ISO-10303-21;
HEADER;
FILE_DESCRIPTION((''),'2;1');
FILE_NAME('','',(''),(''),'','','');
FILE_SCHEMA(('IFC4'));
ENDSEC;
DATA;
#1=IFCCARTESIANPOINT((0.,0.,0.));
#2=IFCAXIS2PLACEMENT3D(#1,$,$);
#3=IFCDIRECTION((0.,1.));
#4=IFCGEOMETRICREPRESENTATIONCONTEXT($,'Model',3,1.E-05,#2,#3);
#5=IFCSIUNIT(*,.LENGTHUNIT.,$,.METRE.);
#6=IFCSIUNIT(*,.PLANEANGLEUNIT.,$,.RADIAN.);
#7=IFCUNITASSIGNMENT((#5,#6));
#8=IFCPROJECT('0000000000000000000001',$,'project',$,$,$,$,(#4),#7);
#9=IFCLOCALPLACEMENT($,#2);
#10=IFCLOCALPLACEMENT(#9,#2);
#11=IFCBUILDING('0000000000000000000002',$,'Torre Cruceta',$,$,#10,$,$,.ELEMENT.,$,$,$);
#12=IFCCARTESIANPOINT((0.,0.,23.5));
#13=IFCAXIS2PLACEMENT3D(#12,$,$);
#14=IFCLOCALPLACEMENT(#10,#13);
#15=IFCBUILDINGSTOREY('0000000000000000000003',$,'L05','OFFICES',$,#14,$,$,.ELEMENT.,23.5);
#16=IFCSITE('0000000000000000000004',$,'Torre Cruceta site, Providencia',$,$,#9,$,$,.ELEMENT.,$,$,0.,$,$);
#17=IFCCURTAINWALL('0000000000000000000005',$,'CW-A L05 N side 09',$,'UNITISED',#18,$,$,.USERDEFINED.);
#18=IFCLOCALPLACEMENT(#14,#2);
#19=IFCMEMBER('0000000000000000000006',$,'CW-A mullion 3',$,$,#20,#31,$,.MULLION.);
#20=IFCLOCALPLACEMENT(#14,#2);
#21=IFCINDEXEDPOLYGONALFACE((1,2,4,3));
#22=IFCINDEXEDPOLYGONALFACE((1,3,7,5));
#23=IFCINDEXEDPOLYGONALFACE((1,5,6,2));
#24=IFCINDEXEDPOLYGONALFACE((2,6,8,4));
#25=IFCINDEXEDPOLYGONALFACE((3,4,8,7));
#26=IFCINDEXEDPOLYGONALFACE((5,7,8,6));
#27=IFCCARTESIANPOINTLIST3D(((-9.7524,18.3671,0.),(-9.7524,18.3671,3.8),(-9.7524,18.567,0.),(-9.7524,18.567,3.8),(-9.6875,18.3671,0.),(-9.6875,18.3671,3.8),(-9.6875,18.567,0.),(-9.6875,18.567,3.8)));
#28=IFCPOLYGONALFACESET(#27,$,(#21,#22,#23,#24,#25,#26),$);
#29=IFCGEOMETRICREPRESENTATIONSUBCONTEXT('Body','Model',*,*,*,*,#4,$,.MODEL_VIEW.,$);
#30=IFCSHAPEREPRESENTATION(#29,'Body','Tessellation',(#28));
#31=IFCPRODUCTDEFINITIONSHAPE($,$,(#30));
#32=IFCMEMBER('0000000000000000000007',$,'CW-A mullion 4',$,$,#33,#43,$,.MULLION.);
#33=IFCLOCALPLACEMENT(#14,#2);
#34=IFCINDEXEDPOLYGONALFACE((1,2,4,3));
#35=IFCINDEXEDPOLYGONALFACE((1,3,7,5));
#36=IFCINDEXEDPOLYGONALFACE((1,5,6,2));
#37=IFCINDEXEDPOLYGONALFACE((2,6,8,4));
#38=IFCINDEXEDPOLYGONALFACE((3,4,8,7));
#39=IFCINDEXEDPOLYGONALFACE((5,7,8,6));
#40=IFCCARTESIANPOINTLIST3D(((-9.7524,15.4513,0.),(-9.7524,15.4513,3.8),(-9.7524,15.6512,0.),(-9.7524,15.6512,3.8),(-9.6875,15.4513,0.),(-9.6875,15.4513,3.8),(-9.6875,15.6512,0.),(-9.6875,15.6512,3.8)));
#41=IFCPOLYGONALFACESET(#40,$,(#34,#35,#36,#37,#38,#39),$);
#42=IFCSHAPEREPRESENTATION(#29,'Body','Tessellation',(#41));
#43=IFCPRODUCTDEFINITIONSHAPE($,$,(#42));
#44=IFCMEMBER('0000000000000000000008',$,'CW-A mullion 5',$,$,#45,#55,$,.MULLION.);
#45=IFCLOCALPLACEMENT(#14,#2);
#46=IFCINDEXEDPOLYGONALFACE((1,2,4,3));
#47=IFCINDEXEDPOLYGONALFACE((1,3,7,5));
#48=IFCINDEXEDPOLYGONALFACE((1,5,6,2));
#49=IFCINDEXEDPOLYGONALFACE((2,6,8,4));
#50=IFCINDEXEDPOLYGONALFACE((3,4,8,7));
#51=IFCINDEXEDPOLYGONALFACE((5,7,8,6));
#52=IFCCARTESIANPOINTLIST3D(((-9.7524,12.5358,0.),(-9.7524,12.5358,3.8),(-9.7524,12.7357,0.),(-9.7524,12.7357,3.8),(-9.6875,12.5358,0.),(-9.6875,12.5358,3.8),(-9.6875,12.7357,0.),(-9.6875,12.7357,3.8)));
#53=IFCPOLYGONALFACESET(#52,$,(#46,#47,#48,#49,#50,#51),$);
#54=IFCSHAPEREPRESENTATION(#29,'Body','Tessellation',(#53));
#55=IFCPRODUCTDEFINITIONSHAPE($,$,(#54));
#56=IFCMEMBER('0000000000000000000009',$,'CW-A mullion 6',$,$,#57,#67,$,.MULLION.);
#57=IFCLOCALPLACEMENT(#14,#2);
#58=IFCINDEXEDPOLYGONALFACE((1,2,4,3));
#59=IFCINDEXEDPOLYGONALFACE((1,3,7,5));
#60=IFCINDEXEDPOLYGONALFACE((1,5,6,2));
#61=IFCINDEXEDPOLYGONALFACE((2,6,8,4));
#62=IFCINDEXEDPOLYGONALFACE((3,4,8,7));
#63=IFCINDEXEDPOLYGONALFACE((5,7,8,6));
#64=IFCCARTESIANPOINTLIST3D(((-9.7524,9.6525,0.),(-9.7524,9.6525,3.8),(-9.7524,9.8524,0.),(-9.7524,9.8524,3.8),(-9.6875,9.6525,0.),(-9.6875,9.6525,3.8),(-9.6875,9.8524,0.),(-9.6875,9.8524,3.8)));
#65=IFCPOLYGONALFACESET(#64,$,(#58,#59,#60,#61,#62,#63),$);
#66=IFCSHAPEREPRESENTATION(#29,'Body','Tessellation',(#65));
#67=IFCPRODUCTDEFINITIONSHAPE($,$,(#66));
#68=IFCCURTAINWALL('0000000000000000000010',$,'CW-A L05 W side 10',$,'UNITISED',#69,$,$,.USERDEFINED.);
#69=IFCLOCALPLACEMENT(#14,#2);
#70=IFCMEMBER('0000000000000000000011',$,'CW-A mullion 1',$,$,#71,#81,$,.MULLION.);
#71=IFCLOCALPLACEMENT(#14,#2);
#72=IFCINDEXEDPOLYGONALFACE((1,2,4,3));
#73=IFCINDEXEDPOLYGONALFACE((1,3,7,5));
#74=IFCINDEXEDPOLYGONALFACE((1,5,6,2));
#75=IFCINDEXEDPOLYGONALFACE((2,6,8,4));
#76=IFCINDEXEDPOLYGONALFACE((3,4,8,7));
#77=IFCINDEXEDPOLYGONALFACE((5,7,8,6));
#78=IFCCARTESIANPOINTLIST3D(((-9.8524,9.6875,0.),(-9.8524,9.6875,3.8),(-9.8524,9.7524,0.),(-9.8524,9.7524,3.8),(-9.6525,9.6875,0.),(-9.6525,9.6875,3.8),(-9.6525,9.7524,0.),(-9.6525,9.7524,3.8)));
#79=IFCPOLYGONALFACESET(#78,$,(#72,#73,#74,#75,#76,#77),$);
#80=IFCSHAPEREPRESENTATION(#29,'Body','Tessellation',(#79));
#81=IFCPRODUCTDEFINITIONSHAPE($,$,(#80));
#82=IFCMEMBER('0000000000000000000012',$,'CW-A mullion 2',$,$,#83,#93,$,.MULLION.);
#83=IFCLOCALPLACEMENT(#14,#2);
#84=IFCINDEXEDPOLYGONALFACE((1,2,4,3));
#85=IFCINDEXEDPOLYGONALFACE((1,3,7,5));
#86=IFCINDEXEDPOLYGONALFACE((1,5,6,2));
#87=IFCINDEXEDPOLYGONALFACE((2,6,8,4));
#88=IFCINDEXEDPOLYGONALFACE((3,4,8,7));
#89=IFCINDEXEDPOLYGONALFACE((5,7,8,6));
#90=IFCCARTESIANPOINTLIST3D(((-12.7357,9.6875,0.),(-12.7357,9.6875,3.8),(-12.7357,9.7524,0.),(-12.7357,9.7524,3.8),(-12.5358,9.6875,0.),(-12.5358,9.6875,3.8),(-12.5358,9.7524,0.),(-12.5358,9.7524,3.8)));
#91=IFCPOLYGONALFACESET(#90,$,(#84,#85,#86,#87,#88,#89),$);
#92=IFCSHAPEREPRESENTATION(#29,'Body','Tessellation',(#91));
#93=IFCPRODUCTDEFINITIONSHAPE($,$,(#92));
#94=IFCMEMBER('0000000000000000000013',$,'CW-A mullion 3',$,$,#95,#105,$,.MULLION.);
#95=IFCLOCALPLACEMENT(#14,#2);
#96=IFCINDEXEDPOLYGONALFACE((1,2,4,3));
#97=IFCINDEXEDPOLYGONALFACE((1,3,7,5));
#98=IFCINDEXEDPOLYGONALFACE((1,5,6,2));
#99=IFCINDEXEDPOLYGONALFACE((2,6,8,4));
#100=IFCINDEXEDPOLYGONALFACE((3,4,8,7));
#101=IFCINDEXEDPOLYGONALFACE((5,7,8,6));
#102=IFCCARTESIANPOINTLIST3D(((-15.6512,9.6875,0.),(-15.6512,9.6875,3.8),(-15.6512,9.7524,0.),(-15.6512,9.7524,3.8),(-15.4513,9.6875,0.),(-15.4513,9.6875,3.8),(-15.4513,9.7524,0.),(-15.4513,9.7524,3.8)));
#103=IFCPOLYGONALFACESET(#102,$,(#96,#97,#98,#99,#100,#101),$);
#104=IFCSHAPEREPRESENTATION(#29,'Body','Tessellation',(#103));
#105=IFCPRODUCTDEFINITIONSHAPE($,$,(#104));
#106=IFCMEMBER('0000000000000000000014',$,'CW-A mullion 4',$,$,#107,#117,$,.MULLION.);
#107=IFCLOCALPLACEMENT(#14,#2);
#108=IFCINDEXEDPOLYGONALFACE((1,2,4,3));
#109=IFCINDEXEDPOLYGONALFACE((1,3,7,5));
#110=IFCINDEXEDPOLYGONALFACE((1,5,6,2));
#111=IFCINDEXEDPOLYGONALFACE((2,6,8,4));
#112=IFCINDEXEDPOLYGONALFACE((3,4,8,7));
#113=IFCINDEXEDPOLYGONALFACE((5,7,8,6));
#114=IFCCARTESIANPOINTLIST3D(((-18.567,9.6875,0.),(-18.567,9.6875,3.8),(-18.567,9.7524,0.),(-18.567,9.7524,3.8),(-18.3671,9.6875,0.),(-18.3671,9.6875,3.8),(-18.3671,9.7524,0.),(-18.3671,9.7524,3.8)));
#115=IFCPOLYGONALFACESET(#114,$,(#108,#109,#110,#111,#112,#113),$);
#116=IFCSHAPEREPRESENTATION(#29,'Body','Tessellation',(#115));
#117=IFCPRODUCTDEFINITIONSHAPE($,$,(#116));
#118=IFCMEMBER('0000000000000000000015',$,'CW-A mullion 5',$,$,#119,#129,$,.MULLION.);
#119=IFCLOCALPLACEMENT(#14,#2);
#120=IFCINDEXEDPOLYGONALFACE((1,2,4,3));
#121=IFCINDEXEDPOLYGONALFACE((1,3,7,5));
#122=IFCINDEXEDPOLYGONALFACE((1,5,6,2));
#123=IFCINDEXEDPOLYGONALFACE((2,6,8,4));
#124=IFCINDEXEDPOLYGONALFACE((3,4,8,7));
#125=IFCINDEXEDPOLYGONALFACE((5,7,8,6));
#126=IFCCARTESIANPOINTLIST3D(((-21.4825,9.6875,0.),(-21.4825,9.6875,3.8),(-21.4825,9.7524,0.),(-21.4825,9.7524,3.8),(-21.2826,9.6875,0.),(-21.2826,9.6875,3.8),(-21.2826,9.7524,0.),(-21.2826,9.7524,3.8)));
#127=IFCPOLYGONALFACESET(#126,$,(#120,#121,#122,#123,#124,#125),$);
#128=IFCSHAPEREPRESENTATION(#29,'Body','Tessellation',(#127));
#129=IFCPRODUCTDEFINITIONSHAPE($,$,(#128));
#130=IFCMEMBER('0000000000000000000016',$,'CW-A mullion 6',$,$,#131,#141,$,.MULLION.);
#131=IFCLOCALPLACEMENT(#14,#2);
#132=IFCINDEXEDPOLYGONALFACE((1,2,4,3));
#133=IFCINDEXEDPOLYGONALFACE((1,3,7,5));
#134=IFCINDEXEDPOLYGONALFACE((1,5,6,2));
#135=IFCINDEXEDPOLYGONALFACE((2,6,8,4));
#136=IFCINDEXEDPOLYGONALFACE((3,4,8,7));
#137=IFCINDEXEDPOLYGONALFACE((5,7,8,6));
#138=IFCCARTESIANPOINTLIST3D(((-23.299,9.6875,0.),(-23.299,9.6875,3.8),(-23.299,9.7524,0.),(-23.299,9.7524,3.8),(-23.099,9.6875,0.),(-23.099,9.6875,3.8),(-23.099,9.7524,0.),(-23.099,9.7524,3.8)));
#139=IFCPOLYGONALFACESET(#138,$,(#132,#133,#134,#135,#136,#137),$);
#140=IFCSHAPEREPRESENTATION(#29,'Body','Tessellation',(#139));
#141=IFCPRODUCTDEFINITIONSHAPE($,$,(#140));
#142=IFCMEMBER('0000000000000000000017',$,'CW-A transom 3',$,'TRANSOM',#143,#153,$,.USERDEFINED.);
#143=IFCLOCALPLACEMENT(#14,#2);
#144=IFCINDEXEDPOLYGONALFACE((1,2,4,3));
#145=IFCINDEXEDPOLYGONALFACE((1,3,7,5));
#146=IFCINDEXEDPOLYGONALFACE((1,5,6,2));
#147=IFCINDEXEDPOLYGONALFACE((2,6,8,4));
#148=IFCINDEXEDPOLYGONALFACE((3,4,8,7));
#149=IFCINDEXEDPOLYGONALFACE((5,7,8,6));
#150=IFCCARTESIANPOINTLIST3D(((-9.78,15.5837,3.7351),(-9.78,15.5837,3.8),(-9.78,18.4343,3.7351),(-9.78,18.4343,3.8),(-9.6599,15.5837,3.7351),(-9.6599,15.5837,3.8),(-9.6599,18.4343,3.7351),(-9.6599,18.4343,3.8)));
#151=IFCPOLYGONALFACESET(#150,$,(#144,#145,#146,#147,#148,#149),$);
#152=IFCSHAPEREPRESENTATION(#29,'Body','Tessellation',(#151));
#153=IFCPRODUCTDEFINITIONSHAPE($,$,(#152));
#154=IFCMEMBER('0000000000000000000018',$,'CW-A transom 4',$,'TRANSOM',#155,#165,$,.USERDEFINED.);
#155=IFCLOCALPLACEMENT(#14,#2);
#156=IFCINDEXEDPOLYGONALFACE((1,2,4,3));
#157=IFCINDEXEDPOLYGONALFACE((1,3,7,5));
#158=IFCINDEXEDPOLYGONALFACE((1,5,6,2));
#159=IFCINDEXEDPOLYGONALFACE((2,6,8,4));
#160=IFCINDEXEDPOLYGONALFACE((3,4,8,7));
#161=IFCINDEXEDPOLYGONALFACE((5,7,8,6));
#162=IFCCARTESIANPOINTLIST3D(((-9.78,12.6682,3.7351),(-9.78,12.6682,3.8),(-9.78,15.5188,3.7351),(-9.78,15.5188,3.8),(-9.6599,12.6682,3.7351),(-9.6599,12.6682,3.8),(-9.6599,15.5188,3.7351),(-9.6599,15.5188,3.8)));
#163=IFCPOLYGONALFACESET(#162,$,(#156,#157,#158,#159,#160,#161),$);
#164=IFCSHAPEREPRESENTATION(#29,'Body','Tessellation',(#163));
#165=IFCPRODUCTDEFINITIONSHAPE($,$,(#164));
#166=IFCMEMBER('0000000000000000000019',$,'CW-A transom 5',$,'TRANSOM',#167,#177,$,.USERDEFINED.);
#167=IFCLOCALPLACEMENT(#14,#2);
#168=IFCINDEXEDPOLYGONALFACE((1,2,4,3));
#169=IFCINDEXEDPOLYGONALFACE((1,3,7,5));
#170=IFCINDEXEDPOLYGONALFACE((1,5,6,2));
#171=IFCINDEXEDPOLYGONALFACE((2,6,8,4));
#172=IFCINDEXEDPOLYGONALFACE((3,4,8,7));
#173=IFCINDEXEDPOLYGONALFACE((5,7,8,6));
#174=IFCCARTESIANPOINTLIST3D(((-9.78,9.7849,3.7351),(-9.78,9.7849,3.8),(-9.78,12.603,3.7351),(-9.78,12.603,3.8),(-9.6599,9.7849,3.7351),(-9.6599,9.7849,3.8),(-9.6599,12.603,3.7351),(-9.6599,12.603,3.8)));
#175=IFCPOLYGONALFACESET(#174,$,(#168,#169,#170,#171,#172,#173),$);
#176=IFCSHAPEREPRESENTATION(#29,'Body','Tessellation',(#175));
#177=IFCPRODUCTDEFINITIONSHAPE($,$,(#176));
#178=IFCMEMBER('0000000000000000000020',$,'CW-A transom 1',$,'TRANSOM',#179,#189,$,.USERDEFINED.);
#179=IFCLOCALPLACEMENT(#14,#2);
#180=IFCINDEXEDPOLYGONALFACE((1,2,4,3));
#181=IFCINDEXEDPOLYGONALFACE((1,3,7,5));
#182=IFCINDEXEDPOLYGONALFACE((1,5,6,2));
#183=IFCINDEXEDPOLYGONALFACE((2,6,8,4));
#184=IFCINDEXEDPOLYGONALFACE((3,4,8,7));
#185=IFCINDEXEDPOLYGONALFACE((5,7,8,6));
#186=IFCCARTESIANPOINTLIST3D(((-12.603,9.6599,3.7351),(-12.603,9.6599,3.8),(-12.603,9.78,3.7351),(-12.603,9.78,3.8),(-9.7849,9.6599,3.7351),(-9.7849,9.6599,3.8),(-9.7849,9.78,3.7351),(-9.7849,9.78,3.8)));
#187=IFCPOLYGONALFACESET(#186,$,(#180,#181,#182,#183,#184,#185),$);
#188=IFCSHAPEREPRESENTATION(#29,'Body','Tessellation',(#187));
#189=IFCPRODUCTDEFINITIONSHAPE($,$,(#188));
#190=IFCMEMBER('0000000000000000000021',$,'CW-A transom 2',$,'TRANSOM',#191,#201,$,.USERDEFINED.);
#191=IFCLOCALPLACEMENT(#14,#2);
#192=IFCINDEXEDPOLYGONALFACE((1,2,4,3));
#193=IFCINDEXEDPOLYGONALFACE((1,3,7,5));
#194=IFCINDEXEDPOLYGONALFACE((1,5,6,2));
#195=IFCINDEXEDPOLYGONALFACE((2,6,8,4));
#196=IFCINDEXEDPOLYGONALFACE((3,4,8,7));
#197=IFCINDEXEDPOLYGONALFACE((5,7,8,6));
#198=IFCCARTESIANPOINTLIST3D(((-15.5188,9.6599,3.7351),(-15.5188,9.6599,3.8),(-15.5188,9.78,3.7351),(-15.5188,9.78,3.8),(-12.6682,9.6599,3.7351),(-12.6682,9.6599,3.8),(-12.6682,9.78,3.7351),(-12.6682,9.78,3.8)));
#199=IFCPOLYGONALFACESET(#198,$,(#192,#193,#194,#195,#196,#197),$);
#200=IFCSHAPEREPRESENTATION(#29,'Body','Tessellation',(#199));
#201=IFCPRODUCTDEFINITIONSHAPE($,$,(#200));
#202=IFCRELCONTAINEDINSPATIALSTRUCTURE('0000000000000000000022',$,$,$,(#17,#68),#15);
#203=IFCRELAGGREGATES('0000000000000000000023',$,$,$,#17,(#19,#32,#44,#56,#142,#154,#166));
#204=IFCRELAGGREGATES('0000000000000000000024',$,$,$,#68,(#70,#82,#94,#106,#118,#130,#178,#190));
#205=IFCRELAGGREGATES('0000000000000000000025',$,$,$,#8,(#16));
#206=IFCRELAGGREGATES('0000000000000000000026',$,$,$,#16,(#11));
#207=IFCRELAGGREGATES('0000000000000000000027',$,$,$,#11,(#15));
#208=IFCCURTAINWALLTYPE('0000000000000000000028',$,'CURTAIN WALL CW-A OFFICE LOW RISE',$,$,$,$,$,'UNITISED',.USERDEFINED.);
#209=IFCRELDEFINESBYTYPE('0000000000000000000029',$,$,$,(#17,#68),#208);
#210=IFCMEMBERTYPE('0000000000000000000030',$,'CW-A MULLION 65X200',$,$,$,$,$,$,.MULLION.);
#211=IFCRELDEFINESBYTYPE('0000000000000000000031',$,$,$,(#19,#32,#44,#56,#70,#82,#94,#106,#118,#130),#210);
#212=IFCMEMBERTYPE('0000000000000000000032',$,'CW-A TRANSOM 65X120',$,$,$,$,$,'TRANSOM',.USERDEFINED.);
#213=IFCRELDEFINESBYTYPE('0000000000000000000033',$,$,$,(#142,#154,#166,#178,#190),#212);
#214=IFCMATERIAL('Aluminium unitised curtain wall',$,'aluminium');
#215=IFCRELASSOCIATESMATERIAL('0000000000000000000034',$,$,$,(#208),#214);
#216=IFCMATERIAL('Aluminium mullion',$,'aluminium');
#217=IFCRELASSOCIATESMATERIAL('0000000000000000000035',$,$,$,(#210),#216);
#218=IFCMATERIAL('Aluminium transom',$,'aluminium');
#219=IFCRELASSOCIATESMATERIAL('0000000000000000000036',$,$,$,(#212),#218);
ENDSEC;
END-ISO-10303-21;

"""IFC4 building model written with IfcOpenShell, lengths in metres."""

from ifc_helpers import new_model, si_unit, direction, frame, origin, origin_2d, place, context, subcontext, project, spatial, rectangle, extrude, material, material_profile, profile_set, type_object, element, aggregate, save


model = new_model("IFC4")

# Units and contexts
model_context = context("Model", 3, precision=1e-05, world=origin(), true_north=direction((0.0, 1.0)))
body_context = subcontext(model_context, "Body", "Model", "MODEL_VIEW")
ifc_project = project(units=[si_unit("LENGTHUNIT", "METRE"), si_unit("PLANEANGLEUNIT", "RADIAN")], contexts=[model_context])

# Site, building, storey
site_placement = place(None, origin())
site = spatial("IfcSite", under=ifc_project, at=site_placement, Name="Torre Cruceta site, Providencia", CompositionType="ELEMENT", RefElevation=0.0)
building_placement = place(site_placement, origin())
building = spatial("IfcBuilding", under=site, at=building_placement, Name="Torre Cruceta", CompositionType="ELEMENT")
storey_placement = place(building_placement, frame((0.0, 0.0, 23.5)))
storey = spatial("IfcBuildingStorey", under=building, at=storey_placement, Name="L05", Description="OFFICES", CompositionType="ELEMENT", Elevation=23.5)

# Curtain walls, members
ifc_material_1 = material(Name="Aluminium unitised curtain wall", Category="aluminium")
curtain_wall_type = type_object("IfcCurtainWallType", Name="CURTAIN WALL CW-A OFFICE LOW RISE", ElementType="UNITISED", PredefinedType="USERDEFINED", material=ifc_material_1)
curtain_wall_1_placement = place(storey_placement, origin())
curtain_wall_1 = element("IfcCurtainWall", 1, at=curtain_wall_1_placement, inside=storey, type_object=curtain_wall_type, Name="CW-A L05 N side 09", ObjectType="UNITISED", PredefinedType="USERDEFINED")
ifc_material_2 = material(Name="Aluminium mullion", Category="aluminium")
ifc_material_profile_1 = material_profile(ifc_material_2, rectangle(XDim=0.0649, YDim=0.2, at=origin_2d()), Name="AL 65X200")
ifc_profile_set_1 = profile_set([ifc_material_profile_1], Name="Aluminium mullion")
member_type_1 = type_object("IfcMemberType", Name="CW-A MULLION 65X200", PredefinedType="MULLION", material=ifc_profile_set_1)
member_1_placement = place(storey_placement, frame((-9.72, 18.467, 0.0), z_axis=(0.0, 0.0, 1.0), x_axis=(1.0, 0.0, 0.0)))
member_1 = element("IfcMember", 2, at=member_1_placement, type_object=member_type_1, Name="CW-A mullion 3", PredefinedType="MULLION", context=body_context, shape_type="SweptSolid", body=[
    extrude(rectangle(XDim=0.0649, YDim=0.2, at=origin_2d()), origin(), (0.0, 0.0, 1.0), 3.8),
])
member_2_placement = place(storey_placement, frame((-9.72, 15.5513, 0.0), z_axis=(0.0, 0.0, 1.0), x_axis=(1.0, 0.0, 0.0)))
member_2 = element("IfcMember", 3, at=member_2_placement, type_object=member_type_1, Name="CW-A mullion 4", PredefinedType="MULLION", context=body_context, shape_type="SweptSolid", body=[
    extrude(rectangle(XDim=0.0649, YDim=0.2, at=origin_2d()), origin(), (0.0, 0.0, 1.0), 3.8),
])
member_3_placement = place(storey_placement, frame((-9.72, 12.6357, 0.0), z_axis=(0.0, 0.0, 1.0), x_axis=(1.0, 0.0, 0.0)))
member_3 = element("IfcMember", 4, at=member_3_placement, type_object=member_type_1, Name="CW-A mullion 5", PredefinedType="MULLION", context=body_context, shape_type="SweptSolid", body=[
    extrude(rectangle(XDim=0.0649, YDim=0.2, at=origin_2d()), origin(), (0.0, 0.0, 1.0), 3.8),
])
member_4_placement = place(storey_placement, frame((-9.72, 9.7524, 0.0), z_axis=(0.0, 0.0, 1.0), x_axis=(1.0, 0.0, 0.0)))
member_4 = element("IfcMember", 5, at=member_4_placement, type_object=member_type_1, Name="CW-A mullion 6", PredefinedType="MULLION", context=body_context, shape_type="SweptSolid", body=[
    extrude(rectangle(XDim=0.0649, YDim=0.2, at=origin_2d()), origin(), (0.0, 0.0, 1.0), 3.8),
])
curtain_wall_2_placement = place(storey_placement, origin())
curtain_wall_2 = element("IfcCurtainWall", 6, at=curtain_wall_2_placement, inside=storey, type_object=curtain_wall_type, Name="CW-A L05 W side 10", ObjectType="UNITISED", PredefinedType="USERDEFINED")
member_5_placement = place(storey_placement, frame((-9.7524, 9.72, 0.0), z_axis=(0.0, 0.0, 1.0), x_axis=(0.0, -1.0, 0.0)))
member_5 = element("IfcMember", 7, at=member_5_placement, type_object=member_type_1, Name="CW-A mullion 1", PredefinedType="MULLION", context=body_context, shape_type="SweptSolid", body=[
    extrude(rectangle(XDim=0.0649, YDim=0.2, at=origin_2d()), origin(), (0.0, 0.0, 1.0), 3.8),
])
member_6_placement = place(storey_placement, frame((-12.6357, 9.72, 0.0), z_axis=(0.0, 0.0, 1.0), x_axis=(0.0, -1.0, 0.0)))
member_6 = element("IfcMember", 8, at=member_6_placement, type_object=member_type_1, Name="CW-A mullion 2", PredefinedType="MULLION", context=body_context, shape_type="SweptSolid", body=[
    extrude(rectangle(XDim=0.0649, YDim=0.2, at=origin_2d()), origin(), (0.0, 0.0, 1.0), 3.8),
])
member_7_placement = place(storey_placement, frame((-15.5513, 9.72, 0.0), z_axis=(0.0, 0.0, 1.0), x_axis=(0.0, -1.0, 0.0)))
member_7 = element("IfcMember", 9, at=member_7_placement, type_object=member_type_1, Name="CW-A mullion 3", PredefinedType="MULLION", context=body_context, shape_type="SweptSolid", body=[
    extrude(rectangle(XDim=0.0649, YDim=0.2, at=origin_2d()), origin(), (0.0, 0.0, 1.0), 3.8),
])
member_8_placement = place(storey_placement, frame((-18.467, 9.72, 0.0), z_axis=(0.0, 0.0, 1.0), x_axis=(0.0, -1.0, 0.0)))
member_8 = element("IfcMember", 10, at=member_8_placement, type_object=member_type_1, Name="CW-A mullion 4", PredefinedType="MULLION", context=body_context, shape_type="SweptSolid", body=[
    extrude(rectangle(XDim=0.0649, YDim=0.2, at=origin_2d()), origin(), (0.0, 0.0, 1.0), 3.8),
])
member_9_placement = place(storey_placement, frame((-21.3826, 9.72, 0.0), z_axis=(0.0, 0.0, 1.0), x_axis=(0.0, -1.0, 0.0)))
member_9 = element("IfcMember", 11, at=member_9_placement, type_object=member_type_1, Name="CW-A mullion 5", PredefinedType="MULLION", context=body_context, shape_type="SweptSolid", body=[
    extrude(rectangle(XDim=0.0649, YDim=0.2, at=origin_2d()), origin(), (0.0, 0.0, 1.0), 3.8),
])
member_10_placement = place(storey_placement, frame((-23.199, 9.72, 0.0), z_axis=(0.0, 0.0, 1.0), x_axis=(0.0, -1.0, 0.0)))
member_10 = element("IfcMember", 12, at=member_10_placement, type_object=member_type_1, Name="CW-A mullion 6", PredefinedType="MULLION", context=body_context, shape_type="SweptSolid", body=[
    extrude(rectangle(XDim=0.0649, YDim=0.2, at=origin_2d()), origin(), (0.0, 0.0, 1.0), 3.8),
])

# Members
ifc_material_3 = material(Name="Aluminium transom", Category="aluminium")
ifc_material_profile_2 = material_profile(ifc_material_3, rectangle(XDim=0.1201, YDim=0.0649, at=origin_2d()), Name="AL 120X65")
ifc_profile_set_2 = profile_set([ifc_material_profile_2], Name="Aluminium transom")
member_type_2 = type_object("IfcMemberType", Name="CW-A TRANSOM 65X120", ElementType="TRANSOM", PredefinedType="USERDEFINED", material=ifc_profile_set_2)
member_11_placement = place(storey_placement, frame((-9.72, 18.4343, 3.7676), z_axis=(0.0, -1.0, 0.0), x_axis=(1.0, 0.0, 0.0)))
member_11 = element("IfcMember", 13, at=member_11_placement, type_object=member_type_2, Name="CW-A transom 3", ObjectType="TRANSOM", PredefinedType="USERDEFINED", context=body_context, shape_type="SweptSolid", body=[
    extrude(rectangle(XDim=0.1201, YDim=0.0649, at=origin_2d()), origin(), (0.0, 0.0, 1.0), 2.8506),
])
member_12_placement = place(storey_placement, frame((-9.72, 15.5188, 3.7676), z_axis=(0.0, -1.0, 0.0), x_axis=(1.0, 0.0, 0.0)))
member_12 = element("IfcMember", 14, at=member_12_placement, type_object=member_type_2, Name="CW-A transom 4", ObjectType="TRANSOM", PredefinedType="USERDEFINED", context=body_context, shape_type="SweptSolid", body=[
    extrude(rectangle(XDim=0.1201, YDim=0.0649, at=origin_2d()), origin(), (0.0, 0.0, 1.0), 2.8506),
])
member_13_placement = place(storey_placement, frame((-9.72, 12.603, 3.7676), z_axis=(0.0, -1.0, 0.0), x_axis=(1.0, 0.0, 0.0)))
member_13 = element("IfcMember", 15, at=member_13_placement, type_object=member_type_2, Name="CW-A transom 5", ObjectType="TRANSOM", PredefinedType="USERDEFINED", context=body_context, shape_type="SweptSolid", body=[
    extrude(rectangle(XDim=0.1201, YDim=0.0649, at=origin_2d()), origin(), (0.0, 0.0, 1.0), 2.8181),
])
member_14_placement = place(storey_placement, frame((-9.7849, 9.72, 3.7676), z_axis=(-1.0, 0.0, 0.0), x_axis=(0.0, -1.0, 0.0)))
member_14 = element("IfcMember", 16, at=member_14_placement, type_object=member_type_2, Name="CW-A transom 1", ObjectType="TRANSOM", PredefinedType="USERDEFINED", context=body_context, shape_type="SweptSolid", body=[
    extrude(rectangle(XDim=0.1201, YDim=0.0649, at=origin_2d()), origin(), (0.0, 0.0, 1.0), 2.8181),
])
member_15_placement = place(storey_placement, frame((-12.6682, 9.72, 3.7676), z_axis=(-1.0, 0.0, 0.0), x_axis=(0.0, -1.0, 0.0)))
member_15 = element("IfcMember", 17, at=member_15_placement, type_object=member_type_2, Name="CW-A transom 2", ObjectType="TRANSOM", PredefinedType="USERDEFINED", context=body_context, shape_type="SweptSolid", body=[
    extrude(rectangle(XDim=0.1201, YDim=0.0649, at=origin_2d()), origin(), (0.0, 0.0, 1.0), 2.8506),
])

aggregate(curtain_wall_1, [member_1, member_2, member_3, member_4, member_11, member_12, member_13])
aggregate(curtain_wall_2, [member_5, member_6, member_7, member_8, member_9, member_10, member_14, member_15])

save(model, "model.ifc")
